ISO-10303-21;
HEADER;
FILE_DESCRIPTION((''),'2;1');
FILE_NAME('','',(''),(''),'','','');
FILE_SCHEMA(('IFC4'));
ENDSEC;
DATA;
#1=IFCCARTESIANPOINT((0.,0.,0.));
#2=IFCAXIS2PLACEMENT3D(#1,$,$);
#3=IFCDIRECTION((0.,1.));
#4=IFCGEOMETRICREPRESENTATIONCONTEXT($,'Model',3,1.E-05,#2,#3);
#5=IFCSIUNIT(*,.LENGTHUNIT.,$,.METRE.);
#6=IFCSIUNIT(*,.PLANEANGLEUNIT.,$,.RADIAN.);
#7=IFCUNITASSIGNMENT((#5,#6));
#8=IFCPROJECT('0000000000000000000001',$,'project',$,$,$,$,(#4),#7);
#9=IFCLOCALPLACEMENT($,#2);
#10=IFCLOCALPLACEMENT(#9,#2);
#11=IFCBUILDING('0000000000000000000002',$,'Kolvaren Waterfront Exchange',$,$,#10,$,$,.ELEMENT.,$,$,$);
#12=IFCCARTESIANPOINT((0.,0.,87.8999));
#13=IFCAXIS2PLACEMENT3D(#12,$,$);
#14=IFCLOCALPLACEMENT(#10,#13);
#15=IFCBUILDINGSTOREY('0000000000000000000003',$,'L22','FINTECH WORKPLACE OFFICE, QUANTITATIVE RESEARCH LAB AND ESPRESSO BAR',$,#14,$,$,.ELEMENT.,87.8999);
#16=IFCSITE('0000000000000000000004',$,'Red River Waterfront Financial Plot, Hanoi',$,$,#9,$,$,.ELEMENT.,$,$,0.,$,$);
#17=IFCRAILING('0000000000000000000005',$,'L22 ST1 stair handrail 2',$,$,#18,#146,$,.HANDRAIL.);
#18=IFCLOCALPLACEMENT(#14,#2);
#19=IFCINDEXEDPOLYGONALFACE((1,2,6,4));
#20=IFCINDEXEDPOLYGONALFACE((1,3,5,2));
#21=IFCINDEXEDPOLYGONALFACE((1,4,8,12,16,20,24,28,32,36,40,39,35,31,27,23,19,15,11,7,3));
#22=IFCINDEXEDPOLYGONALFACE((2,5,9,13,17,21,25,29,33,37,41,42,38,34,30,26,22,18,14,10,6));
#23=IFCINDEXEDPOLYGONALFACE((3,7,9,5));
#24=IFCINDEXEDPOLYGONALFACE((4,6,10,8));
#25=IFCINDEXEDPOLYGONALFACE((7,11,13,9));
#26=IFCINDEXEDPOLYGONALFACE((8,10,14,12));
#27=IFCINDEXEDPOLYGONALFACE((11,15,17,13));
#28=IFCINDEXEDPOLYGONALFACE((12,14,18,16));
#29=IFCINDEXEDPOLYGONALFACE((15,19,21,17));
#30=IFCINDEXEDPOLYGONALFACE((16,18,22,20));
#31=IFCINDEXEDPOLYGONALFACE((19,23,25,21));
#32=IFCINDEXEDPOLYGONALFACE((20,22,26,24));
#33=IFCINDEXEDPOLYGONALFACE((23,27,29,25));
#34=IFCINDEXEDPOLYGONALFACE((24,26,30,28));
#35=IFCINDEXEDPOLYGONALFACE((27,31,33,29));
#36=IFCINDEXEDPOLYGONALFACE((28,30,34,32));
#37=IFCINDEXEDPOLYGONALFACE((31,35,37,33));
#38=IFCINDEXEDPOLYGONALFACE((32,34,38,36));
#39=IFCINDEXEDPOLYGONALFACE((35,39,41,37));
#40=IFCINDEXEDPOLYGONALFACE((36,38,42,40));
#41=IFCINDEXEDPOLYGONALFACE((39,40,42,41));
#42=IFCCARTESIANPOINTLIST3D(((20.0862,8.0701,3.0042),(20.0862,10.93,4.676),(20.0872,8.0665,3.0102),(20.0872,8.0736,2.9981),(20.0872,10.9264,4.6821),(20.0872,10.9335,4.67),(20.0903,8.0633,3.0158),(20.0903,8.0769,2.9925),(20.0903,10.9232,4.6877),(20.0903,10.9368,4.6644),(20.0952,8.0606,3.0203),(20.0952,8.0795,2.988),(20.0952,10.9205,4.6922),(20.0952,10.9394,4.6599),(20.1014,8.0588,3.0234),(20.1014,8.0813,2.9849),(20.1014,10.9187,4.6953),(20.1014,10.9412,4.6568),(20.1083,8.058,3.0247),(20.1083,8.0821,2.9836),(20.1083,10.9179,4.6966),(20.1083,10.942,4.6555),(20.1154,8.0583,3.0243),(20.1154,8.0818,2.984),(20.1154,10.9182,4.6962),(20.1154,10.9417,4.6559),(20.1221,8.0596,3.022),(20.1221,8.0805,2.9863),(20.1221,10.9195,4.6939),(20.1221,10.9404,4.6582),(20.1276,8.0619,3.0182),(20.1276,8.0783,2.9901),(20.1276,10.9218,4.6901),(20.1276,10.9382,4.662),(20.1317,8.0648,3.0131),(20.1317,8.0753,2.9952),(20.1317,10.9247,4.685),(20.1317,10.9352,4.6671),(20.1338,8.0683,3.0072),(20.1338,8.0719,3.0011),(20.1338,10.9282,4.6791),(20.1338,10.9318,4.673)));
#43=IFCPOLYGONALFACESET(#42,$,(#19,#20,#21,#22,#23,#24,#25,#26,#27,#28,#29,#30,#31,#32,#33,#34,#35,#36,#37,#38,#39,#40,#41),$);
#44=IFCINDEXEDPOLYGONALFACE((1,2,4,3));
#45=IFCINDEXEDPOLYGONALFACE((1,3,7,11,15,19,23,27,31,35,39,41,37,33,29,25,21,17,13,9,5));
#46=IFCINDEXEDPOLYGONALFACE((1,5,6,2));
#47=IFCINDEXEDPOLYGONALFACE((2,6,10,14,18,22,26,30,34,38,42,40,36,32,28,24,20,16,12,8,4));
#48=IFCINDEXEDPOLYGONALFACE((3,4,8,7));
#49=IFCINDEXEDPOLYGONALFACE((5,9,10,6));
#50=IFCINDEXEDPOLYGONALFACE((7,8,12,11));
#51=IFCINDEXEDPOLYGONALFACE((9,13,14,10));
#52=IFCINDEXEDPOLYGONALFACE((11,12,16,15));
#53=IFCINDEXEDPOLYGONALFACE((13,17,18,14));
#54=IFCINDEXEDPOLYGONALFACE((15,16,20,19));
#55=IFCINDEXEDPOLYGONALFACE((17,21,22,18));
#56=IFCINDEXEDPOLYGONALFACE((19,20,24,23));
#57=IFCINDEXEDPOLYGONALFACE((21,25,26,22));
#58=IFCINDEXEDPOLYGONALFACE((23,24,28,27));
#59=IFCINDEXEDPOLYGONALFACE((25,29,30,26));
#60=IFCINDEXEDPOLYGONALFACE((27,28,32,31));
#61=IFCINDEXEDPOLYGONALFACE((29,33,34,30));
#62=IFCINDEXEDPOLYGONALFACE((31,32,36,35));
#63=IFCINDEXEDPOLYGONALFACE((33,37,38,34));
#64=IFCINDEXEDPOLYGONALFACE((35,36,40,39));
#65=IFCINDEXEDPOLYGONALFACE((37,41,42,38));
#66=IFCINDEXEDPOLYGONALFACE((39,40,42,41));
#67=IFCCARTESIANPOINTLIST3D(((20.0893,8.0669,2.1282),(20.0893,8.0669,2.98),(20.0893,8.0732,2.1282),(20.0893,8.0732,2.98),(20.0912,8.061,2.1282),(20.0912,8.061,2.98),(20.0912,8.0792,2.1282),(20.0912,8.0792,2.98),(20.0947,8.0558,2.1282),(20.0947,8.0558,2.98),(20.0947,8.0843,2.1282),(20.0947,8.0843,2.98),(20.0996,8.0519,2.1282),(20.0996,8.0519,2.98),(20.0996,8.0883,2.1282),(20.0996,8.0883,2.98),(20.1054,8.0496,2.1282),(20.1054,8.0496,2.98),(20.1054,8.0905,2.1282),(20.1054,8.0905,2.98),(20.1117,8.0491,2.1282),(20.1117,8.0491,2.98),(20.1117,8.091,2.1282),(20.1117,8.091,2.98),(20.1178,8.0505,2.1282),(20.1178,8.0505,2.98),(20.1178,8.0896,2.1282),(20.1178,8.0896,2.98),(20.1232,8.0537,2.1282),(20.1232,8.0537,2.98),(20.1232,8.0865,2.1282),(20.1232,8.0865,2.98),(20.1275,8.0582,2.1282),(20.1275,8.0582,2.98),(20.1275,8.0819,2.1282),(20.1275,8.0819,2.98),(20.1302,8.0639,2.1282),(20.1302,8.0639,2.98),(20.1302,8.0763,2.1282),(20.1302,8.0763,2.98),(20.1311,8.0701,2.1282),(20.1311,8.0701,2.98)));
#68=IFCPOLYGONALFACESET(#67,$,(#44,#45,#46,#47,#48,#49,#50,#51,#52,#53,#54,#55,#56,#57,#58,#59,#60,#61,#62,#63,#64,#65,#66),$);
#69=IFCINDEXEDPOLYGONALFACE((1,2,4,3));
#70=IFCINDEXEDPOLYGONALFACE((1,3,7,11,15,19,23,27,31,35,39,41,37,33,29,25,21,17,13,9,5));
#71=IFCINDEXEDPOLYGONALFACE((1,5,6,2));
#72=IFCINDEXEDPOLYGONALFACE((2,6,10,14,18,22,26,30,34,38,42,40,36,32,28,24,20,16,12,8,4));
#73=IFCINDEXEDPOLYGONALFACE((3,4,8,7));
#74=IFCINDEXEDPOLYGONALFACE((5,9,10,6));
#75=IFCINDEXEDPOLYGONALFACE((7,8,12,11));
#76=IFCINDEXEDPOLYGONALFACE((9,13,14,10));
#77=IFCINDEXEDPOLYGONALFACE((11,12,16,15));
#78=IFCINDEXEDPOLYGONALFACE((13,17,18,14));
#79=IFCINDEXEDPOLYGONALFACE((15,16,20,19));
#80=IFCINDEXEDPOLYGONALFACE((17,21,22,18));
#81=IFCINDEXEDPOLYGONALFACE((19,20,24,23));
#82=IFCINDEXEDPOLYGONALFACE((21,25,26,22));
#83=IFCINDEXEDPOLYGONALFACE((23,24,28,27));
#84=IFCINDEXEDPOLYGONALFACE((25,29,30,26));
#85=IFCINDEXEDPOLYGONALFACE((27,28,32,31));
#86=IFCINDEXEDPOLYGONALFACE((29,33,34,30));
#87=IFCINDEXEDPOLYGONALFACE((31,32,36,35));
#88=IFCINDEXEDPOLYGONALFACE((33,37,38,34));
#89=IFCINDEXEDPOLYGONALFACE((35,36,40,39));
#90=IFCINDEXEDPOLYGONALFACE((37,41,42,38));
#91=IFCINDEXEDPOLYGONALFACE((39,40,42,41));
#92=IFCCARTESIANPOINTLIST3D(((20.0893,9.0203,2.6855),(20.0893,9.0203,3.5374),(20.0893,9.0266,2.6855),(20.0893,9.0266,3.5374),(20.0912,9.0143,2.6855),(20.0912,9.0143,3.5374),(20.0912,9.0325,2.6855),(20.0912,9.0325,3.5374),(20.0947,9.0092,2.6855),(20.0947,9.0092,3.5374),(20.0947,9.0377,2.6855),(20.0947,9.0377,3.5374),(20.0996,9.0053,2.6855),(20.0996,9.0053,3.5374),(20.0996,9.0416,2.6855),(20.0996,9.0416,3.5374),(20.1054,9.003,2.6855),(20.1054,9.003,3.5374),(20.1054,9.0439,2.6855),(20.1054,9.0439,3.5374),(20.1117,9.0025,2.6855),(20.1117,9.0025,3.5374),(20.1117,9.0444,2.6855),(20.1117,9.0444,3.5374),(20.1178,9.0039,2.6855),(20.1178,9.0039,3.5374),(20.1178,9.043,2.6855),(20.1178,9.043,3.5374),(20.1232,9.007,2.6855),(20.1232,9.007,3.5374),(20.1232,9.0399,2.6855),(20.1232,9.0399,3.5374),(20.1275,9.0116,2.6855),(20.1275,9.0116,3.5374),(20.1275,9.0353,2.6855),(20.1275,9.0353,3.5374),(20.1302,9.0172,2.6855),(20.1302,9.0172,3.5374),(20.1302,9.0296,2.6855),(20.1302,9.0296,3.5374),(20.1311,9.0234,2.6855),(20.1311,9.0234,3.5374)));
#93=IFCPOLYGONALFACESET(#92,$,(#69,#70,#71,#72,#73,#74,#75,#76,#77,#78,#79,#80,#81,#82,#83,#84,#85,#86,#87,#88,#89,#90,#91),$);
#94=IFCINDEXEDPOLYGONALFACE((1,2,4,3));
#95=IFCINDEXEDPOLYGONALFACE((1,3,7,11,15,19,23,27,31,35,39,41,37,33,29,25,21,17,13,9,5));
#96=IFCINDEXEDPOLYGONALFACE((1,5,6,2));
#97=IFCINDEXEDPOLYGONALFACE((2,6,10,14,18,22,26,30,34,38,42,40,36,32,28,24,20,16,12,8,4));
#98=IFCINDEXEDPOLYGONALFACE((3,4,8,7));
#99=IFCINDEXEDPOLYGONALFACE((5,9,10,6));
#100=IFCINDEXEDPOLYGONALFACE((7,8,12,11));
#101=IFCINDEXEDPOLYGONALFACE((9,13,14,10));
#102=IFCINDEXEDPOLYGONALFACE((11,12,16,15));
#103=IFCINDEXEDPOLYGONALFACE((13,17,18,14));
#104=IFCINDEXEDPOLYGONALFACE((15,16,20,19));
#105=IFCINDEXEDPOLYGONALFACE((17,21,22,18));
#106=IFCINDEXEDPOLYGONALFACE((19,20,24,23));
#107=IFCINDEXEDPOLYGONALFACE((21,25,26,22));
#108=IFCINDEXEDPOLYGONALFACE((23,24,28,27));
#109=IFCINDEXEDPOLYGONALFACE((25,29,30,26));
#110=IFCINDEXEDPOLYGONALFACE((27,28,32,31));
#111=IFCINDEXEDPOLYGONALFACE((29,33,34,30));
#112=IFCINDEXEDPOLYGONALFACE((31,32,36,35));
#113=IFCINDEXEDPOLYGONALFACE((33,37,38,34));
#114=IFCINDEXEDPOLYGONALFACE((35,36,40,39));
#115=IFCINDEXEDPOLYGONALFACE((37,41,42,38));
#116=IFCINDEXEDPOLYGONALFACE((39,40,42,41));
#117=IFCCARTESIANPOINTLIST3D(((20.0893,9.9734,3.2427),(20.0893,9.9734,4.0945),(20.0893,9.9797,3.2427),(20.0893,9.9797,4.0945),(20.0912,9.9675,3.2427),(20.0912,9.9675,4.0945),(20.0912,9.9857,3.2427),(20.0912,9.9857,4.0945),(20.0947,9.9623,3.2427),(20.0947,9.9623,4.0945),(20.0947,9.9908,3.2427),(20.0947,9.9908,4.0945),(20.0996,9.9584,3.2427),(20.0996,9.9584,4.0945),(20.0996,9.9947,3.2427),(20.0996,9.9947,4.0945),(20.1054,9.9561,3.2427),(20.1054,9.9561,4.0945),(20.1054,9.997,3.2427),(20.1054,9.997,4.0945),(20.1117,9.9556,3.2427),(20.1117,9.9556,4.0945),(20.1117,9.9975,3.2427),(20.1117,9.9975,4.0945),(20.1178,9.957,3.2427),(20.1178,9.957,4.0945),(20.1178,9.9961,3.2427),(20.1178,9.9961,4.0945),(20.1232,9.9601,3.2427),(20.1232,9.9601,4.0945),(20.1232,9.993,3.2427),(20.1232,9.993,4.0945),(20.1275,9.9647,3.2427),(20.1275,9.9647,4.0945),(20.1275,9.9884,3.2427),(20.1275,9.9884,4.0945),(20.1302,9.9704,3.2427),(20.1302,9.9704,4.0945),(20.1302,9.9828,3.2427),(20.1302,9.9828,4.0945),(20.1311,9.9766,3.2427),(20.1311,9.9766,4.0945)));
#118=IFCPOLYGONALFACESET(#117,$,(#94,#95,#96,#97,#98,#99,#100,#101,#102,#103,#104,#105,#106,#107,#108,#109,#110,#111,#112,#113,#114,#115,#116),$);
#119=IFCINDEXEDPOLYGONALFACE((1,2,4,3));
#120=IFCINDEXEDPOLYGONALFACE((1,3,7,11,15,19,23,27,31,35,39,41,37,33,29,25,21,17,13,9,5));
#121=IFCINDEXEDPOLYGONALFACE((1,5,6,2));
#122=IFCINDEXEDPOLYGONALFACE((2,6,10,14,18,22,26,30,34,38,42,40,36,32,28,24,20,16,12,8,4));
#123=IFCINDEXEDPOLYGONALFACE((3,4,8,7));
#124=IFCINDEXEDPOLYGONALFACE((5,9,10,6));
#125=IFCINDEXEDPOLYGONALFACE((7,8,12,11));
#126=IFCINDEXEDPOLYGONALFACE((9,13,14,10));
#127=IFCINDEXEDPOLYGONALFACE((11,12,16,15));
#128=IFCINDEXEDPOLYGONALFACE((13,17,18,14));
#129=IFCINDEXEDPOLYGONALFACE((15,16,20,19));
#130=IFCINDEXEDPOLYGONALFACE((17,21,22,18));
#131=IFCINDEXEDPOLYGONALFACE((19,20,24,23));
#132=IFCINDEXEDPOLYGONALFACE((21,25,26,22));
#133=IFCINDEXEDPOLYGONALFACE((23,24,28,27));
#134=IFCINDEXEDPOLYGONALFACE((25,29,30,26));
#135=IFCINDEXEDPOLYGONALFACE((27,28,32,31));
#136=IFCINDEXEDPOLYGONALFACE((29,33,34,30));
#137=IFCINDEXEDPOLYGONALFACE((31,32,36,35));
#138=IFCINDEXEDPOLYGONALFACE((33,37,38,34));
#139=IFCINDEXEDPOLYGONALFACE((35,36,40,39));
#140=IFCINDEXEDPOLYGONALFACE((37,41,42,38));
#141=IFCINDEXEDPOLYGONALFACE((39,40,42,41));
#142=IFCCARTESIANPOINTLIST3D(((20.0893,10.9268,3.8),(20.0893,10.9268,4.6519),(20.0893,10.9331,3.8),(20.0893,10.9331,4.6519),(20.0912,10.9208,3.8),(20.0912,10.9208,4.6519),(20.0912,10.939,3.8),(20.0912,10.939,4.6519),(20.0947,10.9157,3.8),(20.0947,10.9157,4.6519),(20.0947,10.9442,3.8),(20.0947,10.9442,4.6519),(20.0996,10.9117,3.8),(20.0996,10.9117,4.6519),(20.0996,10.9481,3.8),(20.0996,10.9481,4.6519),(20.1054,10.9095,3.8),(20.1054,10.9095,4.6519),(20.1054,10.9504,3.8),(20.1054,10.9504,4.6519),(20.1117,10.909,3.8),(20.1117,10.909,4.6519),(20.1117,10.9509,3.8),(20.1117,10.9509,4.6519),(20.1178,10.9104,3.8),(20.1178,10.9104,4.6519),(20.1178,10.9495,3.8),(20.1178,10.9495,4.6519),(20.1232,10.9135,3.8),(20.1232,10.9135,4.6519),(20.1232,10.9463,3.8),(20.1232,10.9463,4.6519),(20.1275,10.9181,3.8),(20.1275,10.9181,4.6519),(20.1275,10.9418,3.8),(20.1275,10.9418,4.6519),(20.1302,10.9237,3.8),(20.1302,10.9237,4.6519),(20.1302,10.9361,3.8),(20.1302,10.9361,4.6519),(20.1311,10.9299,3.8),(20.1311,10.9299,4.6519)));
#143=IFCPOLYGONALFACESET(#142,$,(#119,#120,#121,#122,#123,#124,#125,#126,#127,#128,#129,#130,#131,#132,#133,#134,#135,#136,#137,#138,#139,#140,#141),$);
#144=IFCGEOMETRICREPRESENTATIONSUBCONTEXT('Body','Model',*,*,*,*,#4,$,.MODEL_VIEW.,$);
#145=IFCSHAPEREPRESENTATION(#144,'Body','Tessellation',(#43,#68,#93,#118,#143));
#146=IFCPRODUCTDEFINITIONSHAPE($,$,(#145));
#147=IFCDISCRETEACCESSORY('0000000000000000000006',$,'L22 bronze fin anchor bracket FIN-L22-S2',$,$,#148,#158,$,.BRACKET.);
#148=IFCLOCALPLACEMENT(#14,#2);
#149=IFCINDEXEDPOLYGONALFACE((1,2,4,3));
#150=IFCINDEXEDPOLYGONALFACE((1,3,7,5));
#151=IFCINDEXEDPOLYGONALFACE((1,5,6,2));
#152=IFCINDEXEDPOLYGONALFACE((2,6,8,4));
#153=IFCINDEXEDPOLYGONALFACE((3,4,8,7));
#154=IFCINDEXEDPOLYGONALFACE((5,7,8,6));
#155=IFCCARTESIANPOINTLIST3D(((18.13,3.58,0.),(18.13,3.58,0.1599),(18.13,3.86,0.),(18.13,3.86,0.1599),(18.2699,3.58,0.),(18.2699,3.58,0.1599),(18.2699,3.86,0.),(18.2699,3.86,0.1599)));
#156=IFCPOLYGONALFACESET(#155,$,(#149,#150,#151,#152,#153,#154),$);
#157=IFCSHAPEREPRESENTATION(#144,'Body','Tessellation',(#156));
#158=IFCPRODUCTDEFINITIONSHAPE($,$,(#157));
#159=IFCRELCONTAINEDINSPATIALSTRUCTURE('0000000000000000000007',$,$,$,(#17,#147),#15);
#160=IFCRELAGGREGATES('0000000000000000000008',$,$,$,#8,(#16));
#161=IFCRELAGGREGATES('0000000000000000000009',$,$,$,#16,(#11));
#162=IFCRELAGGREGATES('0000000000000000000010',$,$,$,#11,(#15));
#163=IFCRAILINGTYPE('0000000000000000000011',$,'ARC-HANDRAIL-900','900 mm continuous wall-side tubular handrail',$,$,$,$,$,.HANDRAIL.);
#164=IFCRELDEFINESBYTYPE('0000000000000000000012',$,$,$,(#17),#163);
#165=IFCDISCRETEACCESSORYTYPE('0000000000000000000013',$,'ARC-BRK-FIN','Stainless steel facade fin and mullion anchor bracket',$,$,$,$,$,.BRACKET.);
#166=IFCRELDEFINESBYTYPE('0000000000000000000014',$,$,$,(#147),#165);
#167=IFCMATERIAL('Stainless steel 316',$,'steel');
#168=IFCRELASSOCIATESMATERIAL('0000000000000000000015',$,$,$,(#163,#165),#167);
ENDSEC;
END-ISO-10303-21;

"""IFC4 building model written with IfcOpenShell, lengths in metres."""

from ifc_helpers import new_model, si_unit, direction, frame, origin, origin_with_axes, origin_2d, place, context, subcontext, project, spatial, rectangle, circle, extrude, source, transform, mapped, material, type_object, element, save


model = new_model("IFC4")

# Units and contexts
model_context = context("Model", 3, precision=1e-05, world=origin(), true_north=direction((0.0, 1.0)))
body_context = subcontext(model_context, "Body", "Model", "MODEL_VIEW")
ifc_project = project(units=[si_unit("LENGTHUNIT", "METRE"), si_unit("PLANEANGLEUNIT", "RADIAN")], contexts=[model_context])

# Site, building, storey
site_placement = place(None, origin())
site = spatial("IfcSite", under=ifc_project, at=site_placement, Name="Red River Waterfront Financial Plot, Hanoi", CompositionType="ELEMENT", RefElevation=0.0)
building_placement = place(site_placement, origin())
building = spatial("IfcBuilding", under=site, at=building_placement, Name="Kolvaren Waterfront Exchange", CompositionType="ELEMENT")
storey_placement = place(building_placement, frame((0.0, 0.0, 87.8999)))
storey = spatial("IfcBuildingStorey", under=building, at=storey_placement, Name="L22", Description="FINTECH WORKPLACE OFFICE, QUANTITATIVE RESEARCH LAB AND ESPRESSO BAR", CompositionType="ELEMENT", Elevation=87.8999)

# Railing
ifc_material_1 = material(Name="Stainless steel 316", Category="steel")
railing_type_1 = type_object("IfcRailingType", Name="ARC-HANDRAIL-900", Description="900 mm continuous wall-side tubular handrail", PredefinedType="HANDRAIL", material=ifc_material_1)
railing_1_placement = place(storey_placement, frame((20.1101, 8.0701, 2.1282)))
element("IfcRailing", 1, at=railing_1_placement, inside=storey, type_object=railing_type_1, Name="L22 ST1 stair handrail 2", PredefinedType="HANDRAIL", context=body_context, shape_type="SweptSolid", body=[
    extrude(circle(Radius=0.0239, at=origin_2d()), frame((0.0, 0.0, 0.876), z_axis=(0.0, 0.863303, 0.504686), x_axis=(-1.0, 0.0, 0.0)), (0.0, 0.0, 1.0), 3.3127),
    extrude(circle(Radius=0.021, at=origin_2d()), origin(), (0.0, 0.0, 1.0), 0.8518),
    extrude(circle(Radius=0.021, at=origin_2d()), frame((0.0, 0.9534, 0.5574)), (0.0, 0.0, 1.0), 0.8518),
    extrude(circle(Radius=0.021, at=origin_2d()), frame((0.0, 1.9065, 1.1145)), (0.0, 0.0, 1.0), 0.8518),
    extrude(circle(Radius=0.021, at=origin_2d()), frame((0.0, 2.8599, 1.6719)), (0.0, 0.0, 1.0), 0.8518),
])

# Discrete accessory
discrete_accessory_type = type_object("IfcDiscreteAccessoryType", Name="ARC-BRK-FIN", Description="Stainless steel facade fin and mullion anchor bracket", PredefinedType="BRACKET", material=ifc_material_1)
shared_shape_1 = source(origin_with_axes(), body_context, "Body", "SweptSolid", [
    extrude(rectangle(XDim=0.28, YDim=0.1399, at=origin_2d()), origin(), (0.0, 0.0, 1.0), 0.1599),
])
discrete_accessory_placement = place(storey_placement, frame((18.2, 3.72, 0.0), z_axis=(0.0, 0.0, 1.0), x_axis=(0.0, -1.0, 0.0)))
element("IfcDiscreteAccessory", 2, at=discrete_accessory_placement, inside=storey, type_object=discrete_accessory_type, Name="L22 bronze fin anchor bracket FIN-L22-S2", PredefinedType="BRACKET", context=body_context, shape_type="MappedRepresentation", body=[
    mapped(shared_shape_1, transform((0.0, 0.0, 0.0), x_axis=(1.0, 0.0, 0.0), y_axis=(0.0, 1.0, 0.0), z_axis=(0.0, 0.0, 1.0), scale=1.0)),
])

save(model, "model.ifc")
